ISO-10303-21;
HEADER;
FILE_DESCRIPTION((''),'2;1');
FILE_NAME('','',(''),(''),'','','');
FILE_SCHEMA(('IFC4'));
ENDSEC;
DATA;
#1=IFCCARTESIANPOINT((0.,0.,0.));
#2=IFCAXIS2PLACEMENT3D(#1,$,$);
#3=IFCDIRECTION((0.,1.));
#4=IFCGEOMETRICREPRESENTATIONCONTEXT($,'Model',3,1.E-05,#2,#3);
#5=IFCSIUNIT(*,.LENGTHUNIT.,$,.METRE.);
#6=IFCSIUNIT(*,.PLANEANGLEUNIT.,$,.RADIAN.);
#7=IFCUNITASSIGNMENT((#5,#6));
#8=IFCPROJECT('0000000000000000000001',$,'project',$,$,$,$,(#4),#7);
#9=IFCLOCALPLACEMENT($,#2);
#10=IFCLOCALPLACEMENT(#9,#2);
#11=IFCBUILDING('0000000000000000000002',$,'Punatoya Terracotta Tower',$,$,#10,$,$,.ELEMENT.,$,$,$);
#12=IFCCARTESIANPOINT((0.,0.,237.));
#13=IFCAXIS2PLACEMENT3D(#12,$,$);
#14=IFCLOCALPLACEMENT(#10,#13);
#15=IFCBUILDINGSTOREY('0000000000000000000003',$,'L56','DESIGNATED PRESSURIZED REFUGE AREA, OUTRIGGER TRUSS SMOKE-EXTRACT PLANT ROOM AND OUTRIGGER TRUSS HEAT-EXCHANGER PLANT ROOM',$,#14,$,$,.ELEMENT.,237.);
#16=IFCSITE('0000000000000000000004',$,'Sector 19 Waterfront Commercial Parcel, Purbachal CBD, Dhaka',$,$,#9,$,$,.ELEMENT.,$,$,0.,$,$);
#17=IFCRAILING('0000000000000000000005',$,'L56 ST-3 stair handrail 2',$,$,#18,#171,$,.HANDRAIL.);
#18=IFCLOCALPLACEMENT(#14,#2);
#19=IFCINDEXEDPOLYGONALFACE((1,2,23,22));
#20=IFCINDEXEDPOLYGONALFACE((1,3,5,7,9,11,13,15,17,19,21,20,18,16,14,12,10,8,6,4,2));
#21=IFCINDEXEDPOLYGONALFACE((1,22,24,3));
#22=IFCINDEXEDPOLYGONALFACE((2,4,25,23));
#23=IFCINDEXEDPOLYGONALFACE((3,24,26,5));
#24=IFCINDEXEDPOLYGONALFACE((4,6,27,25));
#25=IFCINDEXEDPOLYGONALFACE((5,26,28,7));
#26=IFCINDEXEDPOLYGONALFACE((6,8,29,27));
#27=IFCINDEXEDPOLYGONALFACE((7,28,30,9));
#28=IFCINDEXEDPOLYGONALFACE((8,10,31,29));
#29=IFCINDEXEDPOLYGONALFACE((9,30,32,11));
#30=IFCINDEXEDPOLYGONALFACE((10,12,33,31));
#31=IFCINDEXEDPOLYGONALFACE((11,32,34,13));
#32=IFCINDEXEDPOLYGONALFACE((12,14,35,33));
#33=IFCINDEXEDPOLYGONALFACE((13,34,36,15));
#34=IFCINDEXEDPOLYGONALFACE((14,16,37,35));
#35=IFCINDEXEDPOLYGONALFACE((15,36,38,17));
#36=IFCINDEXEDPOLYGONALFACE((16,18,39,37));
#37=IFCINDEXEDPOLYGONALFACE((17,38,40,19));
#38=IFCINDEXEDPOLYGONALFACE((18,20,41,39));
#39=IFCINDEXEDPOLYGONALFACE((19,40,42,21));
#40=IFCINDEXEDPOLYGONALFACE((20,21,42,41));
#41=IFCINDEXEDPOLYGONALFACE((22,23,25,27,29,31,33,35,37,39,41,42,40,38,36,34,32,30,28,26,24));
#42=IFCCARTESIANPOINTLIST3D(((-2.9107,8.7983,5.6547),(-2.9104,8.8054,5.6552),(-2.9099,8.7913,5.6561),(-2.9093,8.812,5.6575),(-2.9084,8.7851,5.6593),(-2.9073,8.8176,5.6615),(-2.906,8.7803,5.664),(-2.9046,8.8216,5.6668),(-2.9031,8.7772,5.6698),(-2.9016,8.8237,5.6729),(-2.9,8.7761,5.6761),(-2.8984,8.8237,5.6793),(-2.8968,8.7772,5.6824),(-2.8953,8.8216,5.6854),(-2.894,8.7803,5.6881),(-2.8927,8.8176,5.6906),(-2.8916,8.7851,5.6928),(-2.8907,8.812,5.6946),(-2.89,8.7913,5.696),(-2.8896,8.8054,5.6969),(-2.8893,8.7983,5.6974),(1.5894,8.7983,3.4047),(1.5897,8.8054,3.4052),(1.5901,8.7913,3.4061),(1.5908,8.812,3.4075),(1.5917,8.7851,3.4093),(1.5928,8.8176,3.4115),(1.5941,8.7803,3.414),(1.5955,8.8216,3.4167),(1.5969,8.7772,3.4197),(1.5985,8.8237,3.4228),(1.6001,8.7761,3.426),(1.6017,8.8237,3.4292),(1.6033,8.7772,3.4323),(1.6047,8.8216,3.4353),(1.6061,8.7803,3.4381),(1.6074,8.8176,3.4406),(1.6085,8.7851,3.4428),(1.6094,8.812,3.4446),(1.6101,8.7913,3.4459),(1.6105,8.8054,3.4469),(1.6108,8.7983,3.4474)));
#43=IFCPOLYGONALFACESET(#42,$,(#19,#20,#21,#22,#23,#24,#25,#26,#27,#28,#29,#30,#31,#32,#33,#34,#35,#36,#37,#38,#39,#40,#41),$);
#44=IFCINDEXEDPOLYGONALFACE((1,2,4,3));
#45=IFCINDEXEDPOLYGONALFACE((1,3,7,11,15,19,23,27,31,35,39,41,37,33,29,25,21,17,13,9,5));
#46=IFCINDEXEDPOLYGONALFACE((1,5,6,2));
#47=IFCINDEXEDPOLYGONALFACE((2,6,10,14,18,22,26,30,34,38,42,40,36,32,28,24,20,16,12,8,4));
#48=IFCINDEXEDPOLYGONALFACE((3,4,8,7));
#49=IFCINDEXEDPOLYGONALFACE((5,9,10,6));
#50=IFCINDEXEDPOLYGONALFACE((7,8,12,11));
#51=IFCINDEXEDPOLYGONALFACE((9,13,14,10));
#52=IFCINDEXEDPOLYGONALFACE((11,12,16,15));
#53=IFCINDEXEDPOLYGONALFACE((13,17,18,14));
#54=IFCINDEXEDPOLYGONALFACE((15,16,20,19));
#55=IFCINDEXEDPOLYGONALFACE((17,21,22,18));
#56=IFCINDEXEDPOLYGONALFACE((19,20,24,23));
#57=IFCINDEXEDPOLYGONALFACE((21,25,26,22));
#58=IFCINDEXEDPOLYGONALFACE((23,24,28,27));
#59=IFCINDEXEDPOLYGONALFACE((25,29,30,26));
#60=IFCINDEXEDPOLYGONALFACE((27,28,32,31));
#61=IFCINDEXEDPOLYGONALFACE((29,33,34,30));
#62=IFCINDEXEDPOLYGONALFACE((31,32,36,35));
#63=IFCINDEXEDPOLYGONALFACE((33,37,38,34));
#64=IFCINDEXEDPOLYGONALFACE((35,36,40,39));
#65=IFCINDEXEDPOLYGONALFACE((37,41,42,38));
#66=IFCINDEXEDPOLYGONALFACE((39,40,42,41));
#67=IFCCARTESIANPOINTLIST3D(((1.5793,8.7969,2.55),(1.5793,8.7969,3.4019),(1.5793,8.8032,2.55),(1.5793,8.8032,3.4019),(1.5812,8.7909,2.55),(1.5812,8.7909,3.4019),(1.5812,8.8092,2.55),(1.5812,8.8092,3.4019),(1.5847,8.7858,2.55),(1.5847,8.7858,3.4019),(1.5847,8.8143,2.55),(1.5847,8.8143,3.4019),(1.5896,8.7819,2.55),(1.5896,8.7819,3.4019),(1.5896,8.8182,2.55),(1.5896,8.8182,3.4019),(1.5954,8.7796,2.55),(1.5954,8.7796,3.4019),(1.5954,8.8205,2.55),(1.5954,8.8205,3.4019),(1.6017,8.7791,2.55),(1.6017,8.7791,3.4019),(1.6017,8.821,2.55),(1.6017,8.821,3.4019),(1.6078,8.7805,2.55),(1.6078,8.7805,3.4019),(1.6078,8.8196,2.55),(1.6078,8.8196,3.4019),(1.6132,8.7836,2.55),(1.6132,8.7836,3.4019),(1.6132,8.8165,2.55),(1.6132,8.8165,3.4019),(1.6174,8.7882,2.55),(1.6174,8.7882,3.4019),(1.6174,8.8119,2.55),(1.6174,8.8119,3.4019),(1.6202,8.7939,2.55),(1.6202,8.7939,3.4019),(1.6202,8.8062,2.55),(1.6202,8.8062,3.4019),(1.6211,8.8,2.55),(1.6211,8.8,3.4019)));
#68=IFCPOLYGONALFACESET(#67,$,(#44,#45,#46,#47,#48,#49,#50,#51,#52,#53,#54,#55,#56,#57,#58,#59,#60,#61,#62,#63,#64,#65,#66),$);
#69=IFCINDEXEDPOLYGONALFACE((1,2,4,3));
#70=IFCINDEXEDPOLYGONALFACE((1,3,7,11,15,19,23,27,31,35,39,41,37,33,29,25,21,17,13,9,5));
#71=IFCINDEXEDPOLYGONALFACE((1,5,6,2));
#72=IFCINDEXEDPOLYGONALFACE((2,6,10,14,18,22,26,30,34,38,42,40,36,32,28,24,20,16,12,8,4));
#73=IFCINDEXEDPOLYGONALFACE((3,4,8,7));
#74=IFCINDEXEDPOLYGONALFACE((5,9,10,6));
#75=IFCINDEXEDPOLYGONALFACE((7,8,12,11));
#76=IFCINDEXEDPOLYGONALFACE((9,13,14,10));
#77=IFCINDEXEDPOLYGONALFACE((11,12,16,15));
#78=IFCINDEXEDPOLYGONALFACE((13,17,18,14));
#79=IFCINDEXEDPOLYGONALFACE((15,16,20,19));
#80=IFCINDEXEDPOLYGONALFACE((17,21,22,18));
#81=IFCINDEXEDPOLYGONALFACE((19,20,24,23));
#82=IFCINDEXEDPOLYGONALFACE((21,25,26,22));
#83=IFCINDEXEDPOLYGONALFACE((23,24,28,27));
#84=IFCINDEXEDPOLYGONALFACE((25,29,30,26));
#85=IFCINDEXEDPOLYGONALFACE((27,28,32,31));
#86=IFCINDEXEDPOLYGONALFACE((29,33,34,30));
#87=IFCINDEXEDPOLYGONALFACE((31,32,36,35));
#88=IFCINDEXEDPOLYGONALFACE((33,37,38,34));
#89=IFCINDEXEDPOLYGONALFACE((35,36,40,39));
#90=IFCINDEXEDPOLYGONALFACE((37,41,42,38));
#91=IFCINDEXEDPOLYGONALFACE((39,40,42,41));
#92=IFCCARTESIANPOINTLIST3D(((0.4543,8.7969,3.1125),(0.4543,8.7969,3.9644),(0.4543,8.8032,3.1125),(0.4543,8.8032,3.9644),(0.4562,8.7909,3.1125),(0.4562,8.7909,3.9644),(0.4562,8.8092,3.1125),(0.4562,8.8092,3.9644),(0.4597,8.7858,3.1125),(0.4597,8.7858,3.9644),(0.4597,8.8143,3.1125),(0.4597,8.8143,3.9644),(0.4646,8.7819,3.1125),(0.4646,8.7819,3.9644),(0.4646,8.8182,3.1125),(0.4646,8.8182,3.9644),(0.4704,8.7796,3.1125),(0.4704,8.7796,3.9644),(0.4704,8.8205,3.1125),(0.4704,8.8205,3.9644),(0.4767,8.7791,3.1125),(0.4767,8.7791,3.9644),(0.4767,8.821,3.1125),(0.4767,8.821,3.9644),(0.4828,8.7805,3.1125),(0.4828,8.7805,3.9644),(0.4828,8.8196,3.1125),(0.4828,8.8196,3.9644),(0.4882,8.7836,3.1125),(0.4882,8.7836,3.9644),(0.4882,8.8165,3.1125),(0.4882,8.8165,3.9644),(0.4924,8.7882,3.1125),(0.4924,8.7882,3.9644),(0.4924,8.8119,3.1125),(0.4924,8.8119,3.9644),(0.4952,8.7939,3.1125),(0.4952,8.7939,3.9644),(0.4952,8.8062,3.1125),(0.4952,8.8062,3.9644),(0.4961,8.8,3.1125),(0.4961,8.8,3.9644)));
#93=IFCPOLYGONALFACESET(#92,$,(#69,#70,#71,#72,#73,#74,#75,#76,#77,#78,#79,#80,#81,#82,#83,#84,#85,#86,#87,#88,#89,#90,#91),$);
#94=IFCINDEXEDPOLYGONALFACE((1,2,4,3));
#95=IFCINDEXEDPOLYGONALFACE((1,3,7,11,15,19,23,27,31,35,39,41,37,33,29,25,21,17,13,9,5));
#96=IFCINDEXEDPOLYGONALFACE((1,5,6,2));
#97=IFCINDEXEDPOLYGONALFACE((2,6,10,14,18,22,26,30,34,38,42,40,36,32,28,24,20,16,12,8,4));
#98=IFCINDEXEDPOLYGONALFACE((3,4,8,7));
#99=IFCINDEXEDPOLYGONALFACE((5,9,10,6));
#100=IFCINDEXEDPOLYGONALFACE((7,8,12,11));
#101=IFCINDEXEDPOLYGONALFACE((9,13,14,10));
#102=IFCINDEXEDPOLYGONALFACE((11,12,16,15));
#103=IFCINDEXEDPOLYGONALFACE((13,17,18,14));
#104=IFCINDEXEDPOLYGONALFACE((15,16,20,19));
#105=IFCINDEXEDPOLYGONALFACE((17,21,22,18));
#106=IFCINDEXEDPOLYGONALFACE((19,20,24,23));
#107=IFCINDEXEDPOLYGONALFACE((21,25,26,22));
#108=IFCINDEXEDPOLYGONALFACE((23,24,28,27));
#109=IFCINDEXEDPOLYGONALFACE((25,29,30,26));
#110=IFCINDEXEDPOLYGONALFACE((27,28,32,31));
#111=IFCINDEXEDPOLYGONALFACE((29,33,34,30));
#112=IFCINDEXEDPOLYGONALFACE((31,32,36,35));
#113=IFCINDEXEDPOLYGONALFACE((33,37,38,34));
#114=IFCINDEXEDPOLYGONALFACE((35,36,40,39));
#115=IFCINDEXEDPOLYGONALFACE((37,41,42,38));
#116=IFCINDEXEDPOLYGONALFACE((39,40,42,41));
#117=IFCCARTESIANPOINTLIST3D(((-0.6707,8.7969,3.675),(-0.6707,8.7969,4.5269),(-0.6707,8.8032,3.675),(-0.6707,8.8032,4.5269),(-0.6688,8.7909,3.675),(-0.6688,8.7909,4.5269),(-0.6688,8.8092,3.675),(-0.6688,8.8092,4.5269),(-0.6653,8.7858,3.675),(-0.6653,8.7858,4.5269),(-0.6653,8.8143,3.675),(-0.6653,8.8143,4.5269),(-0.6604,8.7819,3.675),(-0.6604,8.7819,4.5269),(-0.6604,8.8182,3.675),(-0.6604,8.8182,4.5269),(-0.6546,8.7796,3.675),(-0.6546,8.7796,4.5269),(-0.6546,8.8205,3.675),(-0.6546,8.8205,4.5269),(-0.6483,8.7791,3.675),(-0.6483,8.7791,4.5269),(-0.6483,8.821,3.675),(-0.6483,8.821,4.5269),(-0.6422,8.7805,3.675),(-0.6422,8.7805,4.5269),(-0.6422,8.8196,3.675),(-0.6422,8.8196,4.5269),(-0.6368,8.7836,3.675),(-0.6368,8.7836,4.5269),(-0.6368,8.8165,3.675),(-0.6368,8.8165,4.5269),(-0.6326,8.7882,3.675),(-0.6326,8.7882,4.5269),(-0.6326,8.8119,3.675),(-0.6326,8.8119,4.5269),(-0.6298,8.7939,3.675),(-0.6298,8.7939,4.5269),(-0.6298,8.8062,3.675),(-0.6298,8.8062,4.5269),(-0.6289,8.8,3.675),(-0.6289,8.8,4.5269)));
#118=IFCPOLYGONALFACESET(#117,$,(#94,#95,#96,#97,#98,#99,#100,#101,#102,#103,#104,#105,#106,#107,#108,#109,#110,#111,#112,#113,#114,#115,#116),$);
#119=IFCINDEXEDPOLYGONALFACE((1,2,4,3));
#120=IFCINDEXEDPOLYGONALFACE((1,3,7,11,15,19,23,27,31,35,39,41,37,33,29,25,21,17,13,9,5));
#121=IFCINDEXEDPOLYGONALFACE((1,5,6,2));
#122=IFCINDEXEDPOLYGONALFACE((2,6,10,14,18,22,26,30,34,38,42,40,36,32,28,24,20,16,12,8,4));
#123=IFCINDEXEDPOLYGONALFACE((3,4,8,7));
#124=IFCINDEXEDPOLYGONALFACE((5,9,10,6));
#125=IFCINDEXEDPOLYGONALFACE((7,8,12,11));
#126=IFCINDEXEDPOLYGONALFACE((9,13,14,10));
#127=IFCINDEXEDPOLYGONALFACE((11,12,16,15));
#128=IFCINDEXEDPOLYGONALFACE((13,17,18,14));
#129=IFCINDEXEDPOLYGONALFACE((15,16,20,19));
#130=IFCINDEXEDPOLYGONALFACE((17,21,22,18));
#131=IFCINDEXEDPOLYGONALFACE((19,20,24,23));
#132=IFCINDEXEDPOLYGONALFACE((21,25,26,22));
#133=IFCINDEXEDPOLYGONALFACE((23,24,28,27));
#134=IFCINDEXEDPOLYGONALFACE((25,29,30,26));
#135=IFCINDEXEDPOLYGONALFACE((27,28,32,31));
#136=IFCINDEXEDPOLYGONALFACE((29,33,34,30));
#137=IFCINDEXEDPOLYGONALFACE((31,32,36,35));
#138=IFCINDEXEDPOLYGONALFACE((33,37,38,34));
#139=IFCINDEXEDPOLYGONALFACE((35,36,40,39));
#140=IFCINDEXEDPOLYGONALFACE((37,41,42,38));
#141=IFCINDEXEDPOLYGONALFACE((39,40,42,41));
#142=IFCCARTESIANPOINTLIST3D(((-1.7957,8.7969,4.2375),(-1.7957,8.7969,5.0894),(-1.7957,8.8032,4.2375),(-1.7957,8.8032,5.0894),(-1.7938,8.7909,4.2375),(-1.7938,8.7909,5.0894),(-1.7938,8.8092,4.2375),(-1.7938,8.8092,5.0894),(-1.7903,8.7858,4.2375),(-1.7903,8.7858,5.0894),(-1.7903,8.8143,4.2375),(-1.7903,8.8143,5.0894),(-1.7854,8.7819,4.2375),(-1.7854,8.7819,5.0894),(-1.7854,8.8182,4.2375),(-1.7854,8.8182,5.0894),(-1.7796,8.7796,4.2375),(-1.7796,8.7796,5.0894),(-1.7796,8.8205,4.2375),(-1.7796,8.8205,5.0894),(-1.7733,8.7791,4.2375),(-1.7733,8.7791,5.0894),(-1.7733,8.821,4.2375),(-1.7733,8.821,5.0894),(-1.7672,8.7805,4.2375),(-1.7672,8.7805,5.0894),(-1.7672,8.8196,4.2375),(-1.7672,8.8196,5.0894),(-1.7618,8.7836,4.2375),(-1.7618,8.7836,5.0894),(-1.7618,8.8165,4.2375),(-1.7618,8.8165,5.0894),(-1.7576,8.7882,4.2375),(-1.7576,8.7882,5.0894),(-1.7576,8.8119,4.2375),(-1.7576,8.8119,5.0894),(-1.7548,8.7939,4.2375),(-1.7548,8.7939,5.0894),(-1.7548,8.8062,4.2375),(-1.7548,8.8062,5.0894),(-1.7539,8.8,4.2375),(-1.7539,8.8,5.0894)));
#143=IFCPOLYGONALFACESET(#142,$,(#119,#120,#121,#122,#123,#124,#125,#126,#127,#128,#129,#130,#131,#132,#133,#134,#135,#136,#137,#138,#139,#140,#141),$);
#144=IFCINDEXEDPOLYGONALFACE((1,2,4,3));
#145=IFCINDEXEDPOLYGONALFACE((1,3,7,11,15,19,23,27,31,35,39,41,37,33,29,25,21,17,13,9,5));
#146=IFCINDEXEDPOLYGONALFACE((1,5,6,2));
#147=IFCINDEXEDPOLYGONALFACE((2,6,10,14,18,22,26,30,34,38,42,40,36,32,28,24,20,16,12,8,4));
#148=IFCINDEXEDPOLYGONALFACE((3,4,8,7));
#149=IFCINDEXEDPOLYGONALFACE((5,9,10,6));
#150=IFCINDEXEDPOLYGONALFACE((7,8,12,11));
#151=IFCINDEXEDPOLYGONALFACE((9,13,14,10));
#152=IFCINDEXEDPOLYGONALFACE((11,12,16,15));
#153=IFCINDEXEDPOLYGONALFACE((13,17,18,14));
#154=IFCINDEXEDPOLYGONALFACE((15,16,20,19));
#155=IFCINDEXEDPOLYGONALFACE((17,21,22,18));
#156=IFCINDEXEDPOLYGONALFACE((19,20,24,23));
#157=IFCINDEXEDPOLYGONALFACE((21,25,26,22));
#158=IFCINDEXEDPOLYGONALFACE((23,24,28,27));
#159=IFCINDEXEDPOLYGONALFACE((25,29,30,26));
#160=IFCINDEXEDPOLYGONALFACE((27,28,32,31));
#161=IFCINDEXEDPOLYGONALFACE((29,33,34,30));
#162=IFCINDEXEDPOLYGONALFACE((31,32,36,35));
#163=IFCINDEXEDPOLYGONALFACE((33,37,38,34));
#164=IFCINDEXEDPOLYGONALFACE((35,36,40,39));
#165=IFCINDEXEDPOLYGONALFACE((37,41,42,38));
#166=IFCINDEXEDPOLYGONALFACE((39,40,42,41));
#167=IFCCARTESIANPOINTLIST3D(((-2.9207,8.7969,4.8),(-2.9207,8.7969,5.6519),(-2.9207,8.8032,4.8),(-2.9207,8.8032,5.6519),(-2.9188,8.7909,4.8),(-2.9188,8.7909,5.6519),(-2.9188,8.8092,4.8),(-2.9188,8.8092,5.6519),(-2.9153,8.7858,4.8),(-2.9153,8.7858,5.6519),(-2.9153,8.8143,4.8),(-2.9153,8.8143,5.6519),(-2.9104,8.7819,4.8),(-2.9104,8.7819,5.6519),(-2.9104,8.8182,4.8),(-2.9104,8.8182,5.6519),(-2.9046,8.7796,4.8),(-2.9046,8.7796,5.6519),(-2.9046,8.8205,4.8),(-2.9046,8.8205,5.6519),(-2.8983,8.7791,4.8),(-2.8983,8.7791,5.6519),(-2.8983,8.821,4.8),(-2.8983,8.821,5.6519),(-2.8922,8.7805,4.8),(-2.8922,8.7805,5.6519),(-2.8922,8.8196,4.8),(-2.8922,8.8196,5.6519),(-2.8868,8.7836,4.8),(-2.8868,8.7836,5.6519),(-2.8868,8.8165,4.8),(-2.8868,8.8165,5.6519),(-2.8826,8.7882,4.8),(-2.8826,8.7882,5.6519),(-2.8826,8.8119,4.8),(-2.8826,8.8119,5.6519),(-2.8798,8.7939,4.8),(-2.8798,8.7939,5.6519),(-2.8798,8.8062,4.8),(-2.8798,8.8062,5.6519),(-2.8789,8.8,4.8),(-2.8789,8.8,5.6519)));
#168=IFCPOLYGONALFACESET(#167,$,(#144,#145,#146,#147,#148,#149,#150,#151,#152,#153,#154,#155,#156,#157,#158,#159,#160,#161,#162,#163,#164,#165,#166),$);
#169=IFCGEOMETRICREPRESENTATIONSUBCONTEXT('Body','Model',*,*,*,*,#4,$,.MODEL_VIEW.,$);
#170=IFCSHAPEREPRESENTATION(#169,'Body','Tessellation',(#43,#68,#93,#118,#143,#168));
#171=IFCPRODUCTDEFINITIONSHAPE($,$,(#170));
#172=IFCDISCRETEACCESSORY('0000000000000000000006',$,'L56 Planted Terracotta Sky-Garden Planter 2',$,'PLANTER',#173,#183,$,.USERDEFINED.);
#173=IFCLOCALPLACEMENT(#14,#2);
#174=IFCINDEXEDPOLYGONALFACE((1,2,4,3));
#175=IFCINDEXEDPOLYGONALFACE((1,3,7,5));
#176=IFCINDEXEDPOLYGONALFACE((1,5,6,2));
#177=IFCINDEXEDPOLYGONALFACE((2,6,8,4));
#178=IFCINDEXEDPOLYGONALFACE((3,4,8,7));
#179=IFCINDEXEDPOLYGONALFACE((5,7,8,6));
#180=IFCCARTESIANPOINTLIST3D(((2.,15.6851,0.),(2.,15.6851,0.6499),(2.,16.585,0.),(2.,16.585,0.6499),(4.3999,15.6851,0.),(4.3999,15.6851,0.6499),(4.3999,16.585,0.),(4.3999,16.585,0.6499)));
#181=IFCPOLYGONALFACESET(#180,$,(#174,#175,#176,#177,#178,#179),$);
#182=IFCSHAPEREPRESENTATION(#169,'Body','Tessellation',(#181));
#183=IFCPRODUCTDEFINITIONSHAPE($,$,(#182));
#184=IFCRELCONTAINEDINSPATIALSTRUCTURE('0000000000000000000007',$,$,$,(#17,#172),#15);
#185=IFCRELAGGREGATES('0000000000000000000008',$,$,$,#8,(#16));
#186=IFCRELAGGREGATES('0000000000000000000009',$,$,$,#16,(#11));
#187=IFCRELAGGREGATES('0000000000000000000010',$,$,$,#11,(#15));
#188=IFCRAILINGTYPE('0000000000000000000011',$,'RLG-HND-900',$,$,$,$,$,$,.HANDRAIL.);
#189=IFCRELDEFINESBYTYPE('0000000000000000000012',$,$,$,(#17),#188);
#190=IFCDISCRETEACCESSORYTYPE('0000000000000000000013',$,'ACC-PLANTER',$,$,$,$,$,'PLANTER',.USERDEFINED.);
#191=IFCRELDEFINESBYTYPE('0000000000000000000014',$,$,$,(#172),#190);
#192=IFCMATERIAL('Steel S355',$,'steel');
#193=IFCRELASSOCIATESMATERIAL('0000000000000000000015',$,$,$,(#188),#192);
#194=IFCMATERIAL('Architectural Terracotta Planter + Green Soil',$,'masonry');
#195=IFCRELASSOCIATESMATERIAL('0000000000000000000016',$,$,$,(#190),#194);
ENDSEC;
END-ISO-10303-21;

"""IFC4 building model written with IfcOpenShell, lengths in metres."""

from ifc_helpers import new_model, si_unit, direction, frame, origin, origin_2d, place, context, subcontext, project, spatial, rectangle, circle, extrude, material, type_object, element, save


model = new_model("IFC4")

# Units and contexts
model_context = context("Model", 3, precision=1e-05, world=origin(), true_north=direction((0.0, 1.0)))
body_context = subcontext(model_context, "Body", "Model", "MODEL_VIEW")
ifc_project = project(units=[si_unit("LENGTHUNIT", "METRE"), si_unit("PLANEANGLEUNIT", "RADIAN")], contexts=[model_context])

# Site, building, storey
site_placement = place(None, origin())
site = spatial("IfcSite", under=ifc_project, at=site_placement, Name="Sector 19 Waterfront Commercial Parcel, Purbachal CBD, Dhaka", CompositionType="ELEMENT", RefElevation=0.0)
building_placement = place(site_placement, origin())
building = spatial("IfcBuilding", under=site, at=building_placement, Name="Punatoya Terracotta Tower", CompositionType="ELEMENT")
storey_placement = place(building_placement, frame((0.0, 0.0, 237.0)))
storey = spatial("IfcBuildingStorey", under=building, at=storey_placement, Name="L56", Description="DESIGNATED PRESSURIZED REFUGE AREA, OUTRIGGER TRUSS SMOKE-EXTRACT PLANT ROOM AND OUTRIGGER TRUSS HEAT-EXCHANGER PLANT ROOM", CompositionType="ELEMENT", Elevation=237.0)

# Shared definitions
ifc_material_1 = material(Name="Steel S355", Category="steel")

# Railing
railing_type_1 = type_object("IfcRailingType", Name="RLG-HND-900", PredefinedType="HANDRAIL", material=ifc_material_1)
railing_1_placement = place(storey_placement, frame((1.6001, 8.8, 2.55)))
element("IfcRailing", 1, at=railing_1_placement, inside=storey, type_object=railing_type_1, Name="L56 ST-3 stair handrail 2", PredefinedType="HANDRAIL", context=body_context, shape_type="SweptSolid", body=[
    extrude(circle(Radius=0.0239, at=origin_2d()), frame((0.0, 0.0, 0.876), z_axis=(-0.894427, 0.0, 0.447214), x_axis=(0.0, -1.0, 0.0)), (0.0, 0.0, 1.0), 5.0312),
    extrude(circle(Radius=0.021, at=origin_2d()), origin(), (0.0, 0.0, 1.0), 0.8518),
    extrude(circle(Radius=0.021, at=origin_2d()), frame((-1.125, 0.0, 0.5625)), (0.0, 0.0, 1.0), 0.8518),
    extrude(circle(Radius=0.021, at=origin_2d()), frame((-2.25, 0.0, 1.125)), (0.0, 0.0, 1.0), 0.8518),
    extrude(circle(Radius=0.021, at=origin_2d()), frame((-3.375, 0.0, 1.6875)), (0.0, 0.0, 1.0), 0.8518),
    extrude(circle(Radius=0.021, at=origin_2d()), frame((-4.5, 0.0, 2.25)), (0.0, 0.0, 1.0), 0.8518),
])

# Discrete accessory
ifc_material_2 = material(Name="Architectural Terracotta Planter + Green Soil", Category="masonry")
discrete_accessory_type = type_object("IfcDiscreteAccessoryType", Name="ACC-PLANTER", ElementType="PLANTER", PredefinedType="USERDEFINED", material=ifc_material_2)
discrete_accessory_placement = place(storey_placement, frame((3.2, 16.135, 0.0), z_axis=(0.0, 0.0, 1.0), x_axis=(1.0, 0.0, 0.0)))
element("IfcDiscreteAccessory", 2, at=discrete_accessory_placement, inside=storey, type_object=discrete_accessory_type, Name="L56 Planted Terracotta Sky-Garden Planter 2", ObjectType="PLANTER", PredefinedType="USERDEFINED", context=body_context, shape_type="SweptSolid", body=[
    extrude(rectangle(XDim=2.3999, YDim=0.8999, at=origin_2d()), origin(), (0.0, 0.0, 1.0), 0.6499),
])

save(model, "model.ifc")
